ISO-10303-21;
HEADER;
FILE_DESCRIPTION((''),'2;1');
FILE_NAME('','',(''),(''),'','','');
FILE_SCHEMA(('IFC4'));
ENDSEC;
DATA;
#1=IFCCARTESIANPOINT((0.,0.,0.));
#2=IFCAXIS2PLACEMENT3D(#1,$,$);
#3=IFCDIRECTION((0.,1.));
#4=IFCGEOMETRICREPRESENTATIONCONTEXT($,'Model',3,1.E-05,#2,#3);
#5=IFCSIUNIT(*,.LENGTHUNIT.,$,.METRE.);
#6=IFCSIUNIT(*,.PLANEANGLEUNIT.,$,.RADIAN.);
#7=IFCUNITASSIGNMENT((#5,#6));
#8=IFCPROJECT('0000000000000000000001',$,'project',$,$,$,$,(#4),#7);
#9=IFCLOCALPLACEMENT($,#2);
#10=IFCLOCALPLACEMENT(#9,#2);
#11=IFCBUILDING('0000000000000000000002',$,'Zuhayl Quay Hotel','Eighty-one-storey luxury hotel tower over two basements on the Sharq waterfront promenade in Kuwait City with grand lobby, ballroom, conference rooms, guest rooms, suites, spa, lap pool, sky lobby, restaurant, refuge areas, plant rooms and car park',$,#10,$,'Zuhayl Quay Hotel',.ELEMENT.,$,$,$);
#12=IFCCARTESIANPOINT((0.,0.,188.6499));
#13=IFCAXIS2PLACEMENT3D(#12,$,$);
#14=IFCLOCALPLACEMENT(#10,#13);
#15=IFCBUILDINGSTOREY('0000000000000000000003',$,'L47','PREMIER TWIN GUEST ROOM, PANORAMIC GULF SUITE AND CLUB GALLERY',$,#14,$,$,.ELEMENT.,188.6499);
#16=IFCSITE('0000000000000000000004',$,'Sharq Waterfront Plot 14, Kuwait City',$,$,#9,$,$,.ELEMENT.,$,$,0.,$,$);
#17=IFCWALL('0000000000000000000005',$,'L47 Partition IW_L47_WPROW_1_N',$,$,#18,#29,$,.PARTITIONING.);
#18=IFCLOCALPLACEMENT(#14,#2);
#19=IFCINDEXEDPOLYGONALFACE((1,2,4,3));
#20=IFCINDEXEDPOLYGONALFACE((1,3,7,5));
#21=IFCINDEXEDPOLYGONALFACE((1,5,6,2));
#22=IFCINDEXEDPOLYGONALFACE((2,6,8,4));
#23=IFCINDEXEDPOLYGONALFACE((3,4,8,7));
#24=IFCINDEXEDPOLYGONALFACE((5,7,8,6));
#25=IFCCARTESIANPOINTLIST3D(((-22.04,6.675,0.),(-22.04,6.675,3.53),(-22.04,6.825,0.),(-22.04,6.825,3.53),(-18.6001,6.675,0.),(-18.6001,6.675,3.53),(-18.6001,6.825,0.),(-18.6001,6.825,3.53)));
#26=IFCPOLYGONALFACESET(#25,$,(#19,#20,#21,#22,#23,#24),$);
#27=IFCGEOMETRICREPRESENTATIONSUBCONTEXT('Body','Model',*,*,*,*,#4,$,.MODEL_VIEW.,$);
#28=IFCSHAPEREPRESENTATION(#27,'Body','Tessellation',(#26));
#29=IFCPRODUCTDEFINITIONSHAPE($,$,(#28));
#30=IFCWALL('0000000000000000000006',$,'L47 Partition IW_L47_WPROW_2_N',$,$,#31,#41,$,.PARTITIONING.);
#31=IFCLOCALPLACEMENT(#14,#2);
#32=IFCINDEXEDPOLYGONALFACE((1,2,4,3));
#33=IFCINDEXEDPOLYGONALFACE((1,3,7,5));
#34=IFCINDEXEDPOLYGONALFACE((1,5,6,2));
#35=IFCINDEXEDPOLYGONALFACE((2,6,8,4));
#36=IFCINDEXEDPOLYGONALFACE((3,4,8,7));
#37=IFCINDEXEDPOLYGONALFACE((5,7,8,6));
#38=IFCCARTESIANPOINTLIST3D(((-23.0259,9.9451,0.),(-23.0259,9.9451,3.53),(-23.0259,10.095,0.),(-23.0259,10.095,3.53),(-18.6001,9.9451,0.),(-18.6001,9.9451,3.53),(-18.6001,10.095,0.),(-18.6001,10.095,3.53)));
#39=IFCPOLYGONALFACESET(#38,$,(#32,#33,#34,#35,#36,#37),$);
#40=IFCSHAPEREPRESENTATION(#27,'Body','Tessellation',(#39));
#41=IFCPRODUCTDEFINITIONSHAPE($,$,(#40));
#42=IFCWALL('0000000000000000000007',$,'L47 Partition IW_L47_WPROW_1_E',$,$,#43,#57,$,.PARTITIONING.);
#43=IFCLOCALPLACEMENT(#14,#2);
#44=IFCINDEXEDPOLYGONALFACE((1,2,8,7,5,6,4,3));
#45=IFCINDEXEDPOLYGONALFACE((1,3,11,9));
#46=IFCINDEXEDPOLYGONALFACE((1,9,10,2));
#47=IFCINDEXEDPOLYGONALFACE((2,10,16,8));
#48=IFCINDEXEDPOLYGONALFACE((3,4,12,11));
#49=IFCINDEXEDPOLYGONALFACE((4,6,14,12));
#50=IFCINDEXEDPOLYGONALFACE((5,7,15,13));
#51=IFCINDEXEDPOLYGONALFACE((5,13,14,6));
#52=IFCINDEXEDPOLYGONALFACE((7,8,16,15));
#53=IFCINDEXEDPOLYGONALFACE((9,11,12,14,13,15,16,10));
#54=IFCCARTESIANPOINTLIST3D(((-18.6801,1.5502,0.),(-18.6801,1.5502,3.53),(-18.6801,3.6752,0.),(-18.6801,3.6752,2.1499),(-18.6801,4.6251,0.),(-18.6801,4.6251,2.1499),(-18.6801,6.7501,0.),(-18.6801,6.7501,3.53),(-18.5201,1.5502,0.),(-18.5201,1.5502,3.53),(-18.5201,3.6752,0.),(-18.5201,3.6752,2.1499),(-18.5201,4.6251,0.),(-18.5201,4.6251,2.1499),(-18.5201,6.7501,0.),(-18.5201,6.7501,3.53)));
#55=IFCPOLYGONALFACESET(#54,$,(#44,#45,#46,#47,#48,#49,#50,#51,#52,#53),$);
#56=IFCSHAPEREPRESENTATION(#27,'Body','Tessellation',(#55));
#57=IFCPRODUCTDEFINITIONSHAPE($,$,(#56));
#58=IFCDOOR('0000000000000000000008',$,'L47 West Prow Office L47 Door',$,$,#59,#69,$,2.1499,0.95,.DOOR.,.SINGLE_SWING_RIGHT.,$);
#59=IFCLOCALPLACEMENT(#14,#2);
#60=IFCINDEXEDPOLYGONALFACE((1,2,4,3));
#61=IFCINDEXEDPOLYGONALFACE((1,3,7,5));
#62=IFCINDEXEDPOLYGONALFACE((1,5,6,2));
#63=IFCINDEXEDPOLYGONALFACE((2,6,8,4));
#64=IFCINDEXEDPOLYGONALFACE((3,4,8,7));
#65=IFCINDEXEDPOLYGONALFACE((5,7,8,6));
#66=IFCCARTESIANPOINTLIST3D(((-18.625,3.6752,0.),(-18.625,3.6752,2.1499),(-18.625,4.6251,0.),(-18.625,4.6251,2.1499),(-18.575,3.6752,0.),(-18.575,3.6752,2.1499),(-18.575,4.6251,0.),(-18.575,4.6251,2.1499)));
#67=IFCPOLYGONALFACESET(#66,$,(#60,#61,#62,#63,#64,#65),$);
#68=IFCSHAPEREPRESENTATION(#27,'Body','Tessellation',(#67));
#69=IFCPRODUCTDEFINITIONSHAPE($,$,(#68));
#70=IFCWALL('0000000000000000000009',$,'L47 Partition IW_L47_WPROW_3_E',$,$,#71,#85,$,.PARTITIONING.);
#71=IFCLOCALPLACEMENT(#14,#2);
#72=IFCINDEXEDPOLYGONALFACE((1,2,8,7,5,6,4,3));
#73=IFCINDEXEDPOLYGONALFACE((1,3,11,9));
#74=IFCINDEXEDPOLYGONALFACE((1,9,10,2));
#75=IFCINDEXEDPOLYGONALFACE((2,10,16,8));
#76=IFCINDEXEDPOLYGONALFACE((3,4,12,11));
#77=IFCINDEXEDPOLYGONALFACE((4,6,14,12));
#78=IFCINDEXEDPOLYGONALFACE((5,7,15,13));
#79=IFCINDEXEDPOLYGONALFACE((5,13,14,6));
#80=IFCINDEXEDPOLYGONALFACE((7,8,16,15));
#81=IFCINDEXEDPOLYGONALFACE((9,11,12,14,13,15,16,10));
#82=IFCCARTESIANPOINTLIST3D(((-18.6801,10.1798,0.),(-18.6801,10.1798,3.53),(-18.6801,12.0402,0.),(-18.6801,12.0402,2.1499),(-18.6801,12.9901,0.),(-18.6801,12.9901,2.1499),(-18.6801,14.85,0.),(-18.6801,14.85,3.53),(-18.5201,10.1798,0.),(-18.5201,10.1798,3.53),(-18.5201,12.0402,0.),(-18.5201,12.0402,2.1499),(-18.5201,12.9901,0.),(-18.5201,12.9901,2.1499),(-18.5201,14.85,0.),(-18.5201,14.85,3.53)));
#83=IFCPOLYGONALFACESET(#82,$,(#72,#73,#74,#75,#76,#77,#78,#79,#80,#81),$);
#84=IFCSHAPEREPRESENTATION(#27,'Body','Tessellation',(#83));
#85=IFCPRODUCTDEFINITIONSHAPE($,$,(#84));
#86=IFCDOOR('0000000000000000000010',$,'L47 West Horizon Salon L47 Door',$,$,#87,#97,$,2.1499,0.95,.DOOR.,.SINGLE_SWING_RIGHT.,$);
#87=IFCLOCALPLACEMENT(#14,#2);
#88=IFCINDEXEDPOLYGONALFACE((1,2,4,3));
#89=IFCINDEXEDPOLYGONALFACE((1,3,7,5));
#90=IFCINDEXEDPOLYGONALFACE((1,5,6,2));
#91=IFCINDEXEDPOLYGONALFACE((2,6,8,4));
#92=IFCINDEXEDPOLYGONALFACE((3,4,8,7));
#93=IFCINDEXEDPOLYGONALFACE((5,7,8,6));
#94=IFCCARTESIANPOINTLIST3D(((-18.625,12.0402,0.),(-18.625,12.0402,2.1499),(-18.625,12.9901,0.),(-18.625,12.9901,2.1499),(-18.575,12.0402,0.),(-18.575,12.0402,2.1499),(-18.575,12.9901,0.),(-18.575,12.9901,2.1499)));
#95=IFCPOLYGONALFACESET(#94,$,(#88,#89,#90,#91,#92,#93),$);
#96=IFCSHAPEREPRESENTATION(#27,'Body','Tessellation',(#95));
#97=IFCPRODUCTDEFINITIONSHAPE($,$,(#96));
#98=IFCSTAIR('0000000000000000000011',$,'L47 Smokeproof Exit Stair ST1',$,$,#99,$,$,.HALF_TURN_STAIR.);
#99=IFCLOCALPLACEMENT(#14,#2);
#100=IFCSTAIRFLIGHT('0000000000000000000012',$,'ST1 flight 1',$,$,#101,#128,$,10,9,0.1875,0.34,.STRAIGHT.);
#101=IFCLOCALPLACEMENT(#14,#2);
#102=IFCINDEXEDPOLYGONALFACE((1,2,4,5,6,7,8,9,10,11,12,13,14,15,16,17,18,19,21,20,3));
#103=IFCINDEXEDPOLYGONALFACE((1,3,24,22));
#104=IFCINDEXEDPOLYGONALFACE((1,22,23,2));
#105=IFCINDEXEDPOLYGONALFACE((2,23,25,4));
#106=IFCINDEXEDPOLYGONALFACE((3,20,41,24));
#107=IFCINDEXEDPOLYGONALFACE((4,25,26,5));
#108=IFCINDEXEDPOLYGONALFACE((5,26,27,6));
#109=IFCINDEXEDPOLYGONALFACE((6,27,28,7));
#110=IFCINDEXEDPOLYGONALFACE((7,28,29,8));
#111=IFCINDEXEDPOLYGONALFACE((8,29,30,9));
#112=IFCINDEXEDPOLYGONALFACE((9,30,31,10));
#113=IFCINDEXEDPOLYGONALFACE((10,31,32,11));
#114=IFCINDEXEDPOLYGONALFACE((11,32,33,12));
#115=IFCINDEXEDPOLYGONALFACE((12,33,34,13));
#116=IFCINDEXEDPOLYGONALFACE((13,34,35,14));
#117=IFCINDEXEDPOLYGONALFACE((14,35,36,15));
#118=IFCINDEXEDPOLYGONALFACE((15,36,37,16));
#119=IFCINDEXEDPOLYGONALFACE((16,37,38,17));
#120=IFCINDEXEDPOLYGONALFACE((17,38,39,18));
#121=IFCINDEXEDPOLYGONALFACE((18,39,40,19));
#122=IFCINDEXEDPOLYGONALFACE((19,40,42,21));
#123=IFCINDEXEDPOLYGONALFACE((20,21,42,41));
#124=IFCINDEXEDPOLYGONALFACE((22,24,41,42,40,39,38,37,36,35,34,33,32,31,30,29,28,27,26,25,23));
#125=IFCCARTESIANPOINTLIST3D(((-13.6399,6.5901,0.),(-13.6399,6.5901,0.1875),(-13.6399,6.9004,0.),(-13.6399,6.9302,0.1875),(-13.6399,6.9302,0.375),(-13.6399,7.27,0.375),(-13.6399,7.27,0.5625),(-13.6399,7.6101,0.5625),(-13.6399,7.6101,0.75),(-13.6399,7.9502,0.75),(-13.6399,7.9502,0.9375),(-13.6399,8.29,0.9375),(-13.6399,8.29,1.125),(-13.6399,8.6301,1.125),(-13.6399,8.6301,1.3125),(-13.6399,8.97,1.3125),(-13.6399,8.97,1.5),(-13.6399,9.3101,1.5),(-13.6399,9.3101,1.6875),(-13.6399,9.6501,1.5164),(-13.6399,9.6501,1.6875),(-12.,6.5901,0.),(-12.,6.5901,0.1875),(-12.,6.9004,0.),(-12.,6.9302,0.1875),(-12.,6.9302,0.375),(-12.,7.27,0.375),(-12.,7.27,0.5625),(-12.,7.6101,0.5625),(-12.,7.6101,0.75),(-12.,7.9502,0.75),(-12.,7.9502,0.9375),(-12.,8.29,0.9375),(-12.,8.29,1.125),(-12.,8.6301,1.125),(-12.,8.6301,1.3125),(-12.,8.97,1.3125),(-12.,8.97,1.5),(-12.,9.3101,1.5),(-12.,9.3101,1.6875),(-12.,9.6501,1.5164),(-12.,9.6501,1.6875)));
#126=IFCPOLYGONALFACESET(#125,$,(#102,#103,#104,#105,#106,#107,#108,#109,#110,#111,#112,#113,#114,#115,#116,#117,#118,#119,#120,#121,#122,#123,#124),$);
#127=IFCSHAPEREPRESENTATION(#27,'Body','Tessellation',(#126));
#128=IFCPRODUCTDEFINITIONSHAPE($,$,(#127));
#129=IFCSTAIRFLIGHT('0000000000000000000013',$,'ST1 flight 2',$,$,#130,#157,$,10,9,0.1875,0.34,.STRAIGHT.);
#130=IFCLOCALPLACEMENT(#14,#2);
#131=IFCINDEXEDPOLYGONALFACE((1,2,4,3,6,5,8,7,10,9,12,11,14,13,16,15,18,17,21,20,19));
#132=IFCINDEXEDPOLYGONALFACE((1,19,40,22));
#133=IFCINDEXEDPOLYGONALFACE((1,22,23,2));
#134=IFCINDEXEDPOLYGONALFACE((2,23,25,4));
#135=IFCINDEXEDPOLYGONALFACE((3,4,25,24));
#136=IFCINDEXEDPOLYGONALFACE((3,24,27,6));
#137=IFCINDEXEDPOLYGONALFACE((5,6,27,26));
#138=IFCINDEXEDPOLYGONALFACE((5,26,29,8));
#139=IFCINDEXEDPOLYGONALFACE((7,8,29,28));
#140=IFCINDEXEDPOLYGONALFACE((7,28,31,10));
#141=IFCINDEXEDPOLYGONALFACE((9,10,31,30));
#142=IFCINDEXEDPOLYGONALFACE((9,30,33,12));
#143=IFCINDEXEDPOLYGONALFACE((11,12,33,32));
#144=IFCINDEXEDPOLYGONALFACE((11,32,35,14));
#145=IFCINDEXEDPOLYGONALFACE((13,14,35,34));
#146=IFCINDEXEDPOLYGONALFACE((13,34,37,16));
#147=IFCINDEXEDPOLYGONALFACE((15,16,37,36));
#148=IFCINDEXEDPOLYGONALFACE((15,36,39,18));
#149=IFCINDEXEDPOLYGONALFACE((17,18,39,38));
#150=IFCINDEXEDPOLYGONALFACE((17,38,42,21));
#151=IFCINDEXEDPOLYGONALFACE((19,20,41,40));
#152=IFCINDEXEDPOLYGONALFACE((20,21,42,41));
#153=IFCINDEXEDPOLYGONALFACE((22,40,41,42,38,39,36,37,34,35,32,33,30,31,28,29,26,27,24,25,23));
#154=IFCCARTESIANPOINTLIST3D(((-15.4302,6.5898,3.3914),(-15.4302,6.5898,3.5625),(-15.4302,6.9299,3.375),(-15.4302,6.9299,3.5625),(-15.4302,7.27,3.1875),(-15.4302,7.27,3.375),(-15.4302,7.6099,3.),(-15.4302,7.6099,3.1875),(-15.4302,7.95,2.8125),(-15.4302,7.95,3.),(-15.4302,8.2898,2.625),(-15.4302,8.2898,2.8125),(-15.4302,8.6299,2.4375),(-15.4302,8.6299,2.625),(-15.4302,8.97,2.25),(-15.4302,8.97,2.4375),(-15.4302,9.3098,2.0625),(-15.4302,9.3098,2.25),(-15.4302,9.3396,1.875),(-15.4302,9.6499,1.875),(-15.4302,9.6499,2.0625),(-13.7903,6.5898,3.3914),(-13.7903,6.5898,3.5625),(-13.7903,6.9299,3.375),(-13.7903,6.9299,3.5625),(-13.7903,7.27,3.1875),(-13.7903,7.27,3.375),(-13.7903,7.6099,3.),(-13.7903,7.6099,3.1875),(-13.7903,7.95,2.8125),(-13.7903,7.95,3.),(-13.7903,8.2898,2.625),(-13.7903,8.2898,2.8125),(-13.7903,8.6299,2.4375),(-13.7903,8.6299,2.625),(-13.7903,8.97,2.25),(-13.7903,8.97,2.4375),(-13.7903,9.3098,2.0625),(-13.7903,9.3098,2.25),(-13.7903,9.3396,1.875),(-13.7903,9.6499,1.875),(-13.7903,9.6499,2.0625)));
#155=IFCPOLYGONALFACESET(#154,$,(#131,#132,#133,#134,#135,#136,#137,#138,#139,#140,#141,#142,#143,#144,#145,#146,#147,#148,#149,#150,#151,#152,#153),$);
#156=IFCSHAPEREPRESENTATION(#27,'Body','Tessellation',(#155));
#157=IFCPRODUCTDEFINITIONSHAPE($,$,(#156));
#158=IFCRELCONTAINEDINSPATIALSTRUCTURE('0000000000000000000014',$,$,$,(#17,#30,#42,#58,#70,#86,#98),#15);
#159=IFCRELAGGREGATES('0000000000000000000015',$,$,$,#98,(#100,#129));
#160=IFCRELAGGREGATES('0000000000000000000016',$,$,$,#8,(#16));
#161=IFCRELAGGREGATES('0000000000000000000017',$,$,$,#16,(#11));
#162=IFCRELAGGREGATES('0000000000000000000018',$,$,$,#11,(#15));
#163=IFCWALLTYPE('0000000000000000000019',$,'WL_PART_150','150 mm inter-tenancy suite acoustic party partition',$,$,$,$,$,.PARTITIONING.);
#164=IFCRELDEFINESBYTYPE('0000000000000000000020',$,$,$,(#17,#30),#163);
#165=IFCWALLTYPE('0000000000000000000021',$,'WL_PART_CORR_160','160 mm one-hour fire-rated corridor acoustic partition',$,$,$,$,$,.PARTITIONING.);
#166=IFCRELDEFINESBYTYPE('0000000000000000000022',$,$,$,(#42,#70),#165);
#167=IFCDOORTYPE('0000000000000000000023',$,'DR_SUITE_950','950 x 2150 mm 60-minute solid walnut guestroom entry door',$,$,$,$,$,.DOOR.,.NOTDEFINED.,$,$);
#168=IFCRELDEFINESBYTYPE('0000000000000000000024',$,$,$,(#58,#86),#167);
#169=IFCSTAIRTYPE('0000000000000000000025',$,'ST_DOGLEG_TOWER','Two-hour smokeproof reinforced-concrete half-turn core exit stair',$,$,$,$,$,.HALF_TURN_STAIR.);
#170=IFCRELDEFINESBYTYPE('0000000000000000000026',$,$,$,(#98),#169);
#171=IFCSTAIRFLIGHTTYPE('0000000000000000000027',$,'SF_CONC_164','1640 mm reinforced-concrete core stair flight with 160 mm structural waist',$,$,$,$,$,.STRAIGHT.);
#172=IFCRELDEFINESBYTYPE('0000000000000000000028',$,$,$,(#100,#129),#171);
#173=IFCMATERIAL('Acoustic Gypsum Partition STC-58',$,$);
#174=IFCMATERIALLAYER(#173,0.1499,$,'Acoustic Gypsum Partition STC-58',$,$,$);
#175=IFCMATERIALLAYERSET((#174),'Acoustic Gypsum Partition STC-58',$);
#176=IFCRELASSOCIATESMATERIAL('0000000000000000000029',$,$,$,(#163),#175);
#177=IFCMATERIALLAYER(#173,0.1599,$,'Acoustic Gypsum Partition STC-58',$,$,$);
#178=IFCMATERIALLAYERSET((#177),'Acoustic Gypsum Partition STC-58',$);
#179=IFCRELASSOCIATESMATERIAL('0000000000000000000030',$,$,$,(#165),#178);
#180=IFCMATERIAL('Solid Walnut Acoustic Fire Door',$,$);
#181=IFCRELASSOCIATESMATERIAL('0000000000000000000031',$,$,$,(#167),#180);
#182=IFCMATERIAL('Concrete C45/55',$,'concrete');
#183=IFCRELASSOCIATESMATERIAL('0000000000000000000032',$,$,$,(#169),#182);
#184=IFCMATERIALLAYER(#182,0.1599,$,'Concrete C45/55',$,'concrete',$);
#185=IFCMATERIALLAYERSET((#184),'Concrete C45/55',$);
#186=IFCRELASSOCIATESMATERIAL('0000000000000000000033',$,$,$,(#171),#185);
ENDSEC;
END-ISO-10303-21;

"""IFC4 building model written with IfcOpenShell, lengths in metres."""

from ifc_helpers import new_model, si_unit, direction, frame, frame_2d, origin, place, context, subcontext, project, spatial, polyline, rectangle, outline, extrude, material, layer, layer_set, type_object, element, fill, aggregate, save


model = new_model("IFC4")

# Units and contexts
model_context = context("Model", 3, precision=1e-05, world=origin(), true_north=direction((0.0, 1.0)))
body_context = subcontext(model_context, "Body", "Model", "MODEL_VIEW")
ifc_project = project(units=[si_unit("LENGTHUNIT", "METRE"), si_unit("PLANEANGLEUNIT", "RADIAN")], contexts=[model_context])

# Site, building, storey
site_placement = place(None, origin())
site = spatial("IfcSite", under=ifc_project, at=site_placement, Name="Sharq Waterfront Plot 14, Kuwait City", CompositionType="ELEMENT", RefElevation=0.0)
building_placement = place(site_placement, origin())
building = spatial("IfcBuilding", under=site, at=building_placement, Name="Zuhayl Quay Hotel", Description="Eighty-one-storey luxury hotel tower over two basements on the Sharq waterfront promenade in Kuwait City with grand lobby, ballroom, conference rooms, guest rooms, suites, spa, lap pool, sky lobby, restaurant, refuge areas, plant rooms and car park", LongName="Zuhayl Quay Hotel", CompositionType="ELEMENT")
storey_placement = place(building_placement, frame((0.0, 0.0, 188.6499)))
storey = spatial("IfcBuildingStorey", under=building, at=storey_placement, Name="L47", Description="PREMIER TWIN GUEST ROOM, PANORAMIC GULF SUITE AND CLUB GALLERY", CompositionType="ELEMENT", Elevation=188.6499)

# Walls
ifc_material_1 = material(Name="Acoustic Gypsum Partition STC-58")
ifc_layer_1 = layer(ifc_material_1, 0.1499, Name="Acoustic Gypsum Partition STC-58")
ifc_layer_set_1 = layer_set([ifc_layer_1], Name="Acoustic Gypsum Partition STC-58")
wall_type_1 = type_object("IfcWallType", Name="WL_PART_150", Description="150 mm inter-tenancy suite acoustic party partition", PredefinedType="PARTITIONING", material=ifc_layer_set_1)
for number, where, z_axis, x_axis, name in (
    (1, (-22.04, 6.75, 0.0), (0.0, 0.0, 1.0), (1.0, 0.0, 0.0), "L47 Partition IW_L47_WPROW_1_N"),
):
    element("IfcWall", number, at=place(storey_placement, frame(where, z_axis=z_axis, x_axis=x_axis)), inside=storey, type_object=wall_type_1, Name=name, PredefinedType="PARTITIONING", context=body_context, shape_type="SweptSolid", body=[
        extrude(rectangle(XDim=3.4399, YDim=0.1499, at=frame_2d((1.72, 0.0))), origin(), (0.0, 0.0, 1.0), 3.53),
    ])
wall_1_placement = place(storey_placement, frame((-23.0259, 10.02, 0.0), z_axis=(0.0, 0.0, 1.0), x_axis=(1.0, 0.0, 0.0)))
element("IfcWall", 2, at=wall_1_placement, inside=storey, type_object=wall_type_1, Name="L47 Partition IW_L47_WPROW_2_N", PredefinedType="PARTITIONING", context=body_context, shape_type="SweptSolid", body=[
    extrude(rectangle(XDim=4.4258, YDim=0.1499, at=frame_2d((2.2129, 0.0))), origin(), (0.0, 0.0, 1.0), 3.53),
])

# Walls, openings, doors
ifc_layer_2 = layer(ifc_material_1, 0.1599, Name="Acoustic Gypsum Partition STC-58")
ifc_layer_set_2 = layer_set([ifc_layer_2], Name="Acoustic Gypsum Partition STC-58")
wall_type_2 = type_object("IfcWallType", Name="WL_PART_CORR_160", Description="160 mm one-hour fire-rated corridor acoustic partition", PredefinedType="PARTITIONING", material=ifc_layer_set_2)
wall_2_placement = place(storey_placement, frame((-18.6001, 1.55, 0.0), z_axis=(0.0, 0.0, 1.0), x_axis=(0.0, 1.0, 0.0)))
wall_2 = element("IfcWall", 3, at=wall_2_placement, inside=storey, type_object=wall_type_2, Name="L47 Partition IW_L47_WPROW_1_E", PredefinedType="PARTITIONING", context=body_context, shape_type="SweptSolid", body=[
    extrude(rectangle(XDim=5.2, YDim=0.1599, at=frame_2d((2.6001, 0.0))), origin(), (0.0, 0.0, 1.0), 3.53),
])
opening_1_placement = place(wall_2_placement, frame((2.125, 0.0, 0.0)))
opening_1 = element("IfcOpeningElement", 4, at=opening_1_placement, cuts=wall_2, PredefinedType="OPENING", context=body_context, shape_type="SweptSolid", body=[
    extrude(rectangle(XDim=0.95, YDim=2.1499, at=frame_2d((0.4751, 1.075))), frame((0.0, 0.0898, 0.0), z_axis=(0.0, -1.0, 0.0), x_axis=(1.0, 0.0, 0.0)), (0.0, 0.0, 1.0), 0.1799),
])
ifc_material_2 = material(Name="Solid Walnut Acoustic Fire Door")
door_type = type_object("IfcDoorType", Name="DR_SUITE_950", Description="950 x 2150 mm 60-minute solid walnut guestroom entry door", OperationType="NOTDEFINED", PredefinedType="DOOR", material=ifc_material_2)
door_1_placement = place(opening_1_placement, origin())
door_1 = element("IfcDoor", 5, at=door_1_placement, inside=storey, type_object=door_type, Name="L47 West Prow Office L47 Door", OperationType="SINGLE_SWING_RIGHT", OverallHeight=2.1499, OverallWidth=0.95, PredefinedType="DOOR", context=body_context, shape_type="SweptSolid", body=[
    extrude(rectangle(XDim=0.95, YDim=2.1499, at=frame_2d((0.4751, 1.075))), frame((0.0, 0.0249, 0.0), z_axis=(0.0, -1.0, 0.0), x_axis=(1.0, 0.0, 0.0)), (0.0, 0.0, 1.0), 0.05),
])
fill(opening_1, door_1)
wall_3_placement = place(storey_placement, frame((-18.6001, 10.1799, 0.0), z_axis=(0.0, 0.0, 1.0), x_axis=(0.0, 1.0, 0.0)))
wall_3 = element("IfcWall", 6, at=wall_3_placement, inside=storey, type_object=wall_type_2, Name="L47 Partition IW_L47_WPROW_3_E", PredefinedType="PARTITIONING", context=body_context, shape_type="SweptSolid", body=[
    extrude(rectangle(XDim=4.6702, YDim=0.1599, at=frame_2d((2.335, 0.0))), origin(), (0.0, 0.0, 1.0), 3.53),
])
opening_2_placement = place(wall_3_placement, frame((1.8601, 0.0, 0.0)))
opening_2 = element("IfcOpeningElement", 7, at=opening_2_placement, cuts=wall_3, PredefinedType="OPENING", context=body_context, shape_type="SweptSolid", body=[
    extrude(rectangle(XDim=0.95, YDim=2.1499, at=frame_2d((0.4751, 1.075))), frame((0.0, 0.0898, 0.0), z_axis=(0.0, -1.0, 0.0), x_axis=(1.0, 0.0, 0.0)), (0.0, 0.0, 1.0), 0.1799),
])
door_2_placement = place(opening_2_placement, origin())
door_2 = element("IfcDoor", 8, at=door_2_placement, inside=storey, type_object=door_type, Name="L47 West Horizon Salon L47 Door", OperationType="SINGLE_SWING_RIGHT", OverallHeight=2.1499, OverallWidth=0.95, PredefinedType="DOOR", context=body_context, shape_type="SweptSolid", body=[
    extrude(rectangle(XDim=0.95, YDim=2.1499, at=frame_2d((0.4751, 1.075))), frame((0.0, 0.0249, 0.0), z_axis=(0.0, -1.0, 0.0), x_axis=(1.0, 0.0, 0.0)), (0.0, 0.0, 1.0), 0.05),
])
fill(opening_2, door_2)

# Stair, stair flights
ifc_material_3 = material(Name="Concrete C45/55", Category="concrete")
stair_type = type_object("IfcStairType", Name="ST_DOGLEG_TOWER", Description="Two-hour smokeproof reinforced-concrete half-turn core exit stair", PredefinedType="HALF_TURN_STAIR", material=ifc_material_3)
stair_placement = place(storey_placement, origin())
stair = element("IfcStair", 9, at=stair_placement, inside=storey, type_object=stair_type, Name="L47 Smokeproof Exit Stair ST1", PredefinedType="HALF_TURN_STAIR")
ifc_layer_3 = layer(ifc_material_3, 0.1599, Name="Concrete C45/55", Category="concrete")
ifc_layer_set_3 = layer_set([ifc_layer_3], Name="Concrete C45/55")
stair_flight_type = type_object("IfcStairFlightType", Name="SF_CONC_164", Description="1640 mm reinforced-concrete core stair flight with 160 mm structural waist", PredefinedType="STRAIGHT", material=ifc_layer_set_3)
stair_flight_1_placement = place(storey_placement, frame((-12.8201, 6.5901, 0.0), z_axis=(0.0, 0.0, 1.0), x_axis=(0.0, 1.0, 0.0)))
stair_flight_1 = element("IfcStairFlight", 10, at=stair_flight_1_placement, type_object=stair_flight_type, Name="ST1 flight 1", NumberOfRisers=10, NumberOfTreads=9, PredefinedType="STRAIGHT", RiserHeight=0.1875, TreadLength=0.34, context=body_context, shape_type="SweptSolid", body=[
    extrude(outline(polyline([(0.0, 0.0), (0.0, 0.1875), (0.3401, 0.1875), (0.3401, 0.375), (0.6799, 0.375), (0.6799, 0.5625), (1.02, 0.5625), (1.02, 0.75), (1.3601, 0.75), (1.3601, 0.9375), (1.7, 0.9375), (1.7, 1.125), (2.04, 1.125), (2.04, 1.3125), (2.3799, 1.3125), (2.3799, 1.5), (2.72, 1.5), (2.72, 1.6875), (3.0601, 1.6875), (3.0601, 1.875), (3.0601, 1.5164), (0.3103, 0.0), (0.0, 0.0)])), frame((0.0, 0.8198, 0.0), z_axis=(0.0, -1.0, 0.0), x_axis=(1.0, 0.0, 0.0)), (0.0, 0.0, 1.0), 1.6399),
])
stair_flight_2_placement = place(storey_placement, frame((-14.6101, 9.6499, 1.875), z_axis=(0.0, 0.0, 1.0), x_axis=(0.0, -1.0, 0.0)))
stair_flight_2 = element("IfcStairFlight", 11, at=stair_flight_2_placement, type_object=stair_flight_type, Name="ST1 flight 2", NumberOfRisers=10, NumberOfTreads=9, PredefinedType="STRAIGHT", RiserHeight=0.1875, TreadLength=0.34, context=body_context, shape_type="SweptSolid", body=[
    extrude(outline(polyline([(0.0, 0.0), (0.0, 0.1875), (0.3401, 0.1875), (0.3401, 0.375), (0.6799, 0.375), (0.6799, 0.5625), (1.02, 0.5625), (1.02, 0.75), (1.3601, 0.75), (1.3601, 0.9375), (1.7, 0.9375), (1.7, 1.125), (2.04, 1.125), (2.04, 1.3125), (2.3799, 1.3125), (2.3799, 1.5), (2.72, 1.5), (2.72, 1.6875), (3.0601, 1.6875), (3.0601, 1.875), (3.0601, 1.5164), (0.3103, 0.0), (0.0, 0.0)])), frame((0.0, 0.8198, 0.0), z_axis=(0.0, -1.0, 0.0), x_axis=(1.0, 0.0, 0.0)), (0.0, 0.0, 1.0), 1.6399),
])
aggregate(stair, [stair_flight_1, stair_flight_2])

save(model, "model.ifc")
